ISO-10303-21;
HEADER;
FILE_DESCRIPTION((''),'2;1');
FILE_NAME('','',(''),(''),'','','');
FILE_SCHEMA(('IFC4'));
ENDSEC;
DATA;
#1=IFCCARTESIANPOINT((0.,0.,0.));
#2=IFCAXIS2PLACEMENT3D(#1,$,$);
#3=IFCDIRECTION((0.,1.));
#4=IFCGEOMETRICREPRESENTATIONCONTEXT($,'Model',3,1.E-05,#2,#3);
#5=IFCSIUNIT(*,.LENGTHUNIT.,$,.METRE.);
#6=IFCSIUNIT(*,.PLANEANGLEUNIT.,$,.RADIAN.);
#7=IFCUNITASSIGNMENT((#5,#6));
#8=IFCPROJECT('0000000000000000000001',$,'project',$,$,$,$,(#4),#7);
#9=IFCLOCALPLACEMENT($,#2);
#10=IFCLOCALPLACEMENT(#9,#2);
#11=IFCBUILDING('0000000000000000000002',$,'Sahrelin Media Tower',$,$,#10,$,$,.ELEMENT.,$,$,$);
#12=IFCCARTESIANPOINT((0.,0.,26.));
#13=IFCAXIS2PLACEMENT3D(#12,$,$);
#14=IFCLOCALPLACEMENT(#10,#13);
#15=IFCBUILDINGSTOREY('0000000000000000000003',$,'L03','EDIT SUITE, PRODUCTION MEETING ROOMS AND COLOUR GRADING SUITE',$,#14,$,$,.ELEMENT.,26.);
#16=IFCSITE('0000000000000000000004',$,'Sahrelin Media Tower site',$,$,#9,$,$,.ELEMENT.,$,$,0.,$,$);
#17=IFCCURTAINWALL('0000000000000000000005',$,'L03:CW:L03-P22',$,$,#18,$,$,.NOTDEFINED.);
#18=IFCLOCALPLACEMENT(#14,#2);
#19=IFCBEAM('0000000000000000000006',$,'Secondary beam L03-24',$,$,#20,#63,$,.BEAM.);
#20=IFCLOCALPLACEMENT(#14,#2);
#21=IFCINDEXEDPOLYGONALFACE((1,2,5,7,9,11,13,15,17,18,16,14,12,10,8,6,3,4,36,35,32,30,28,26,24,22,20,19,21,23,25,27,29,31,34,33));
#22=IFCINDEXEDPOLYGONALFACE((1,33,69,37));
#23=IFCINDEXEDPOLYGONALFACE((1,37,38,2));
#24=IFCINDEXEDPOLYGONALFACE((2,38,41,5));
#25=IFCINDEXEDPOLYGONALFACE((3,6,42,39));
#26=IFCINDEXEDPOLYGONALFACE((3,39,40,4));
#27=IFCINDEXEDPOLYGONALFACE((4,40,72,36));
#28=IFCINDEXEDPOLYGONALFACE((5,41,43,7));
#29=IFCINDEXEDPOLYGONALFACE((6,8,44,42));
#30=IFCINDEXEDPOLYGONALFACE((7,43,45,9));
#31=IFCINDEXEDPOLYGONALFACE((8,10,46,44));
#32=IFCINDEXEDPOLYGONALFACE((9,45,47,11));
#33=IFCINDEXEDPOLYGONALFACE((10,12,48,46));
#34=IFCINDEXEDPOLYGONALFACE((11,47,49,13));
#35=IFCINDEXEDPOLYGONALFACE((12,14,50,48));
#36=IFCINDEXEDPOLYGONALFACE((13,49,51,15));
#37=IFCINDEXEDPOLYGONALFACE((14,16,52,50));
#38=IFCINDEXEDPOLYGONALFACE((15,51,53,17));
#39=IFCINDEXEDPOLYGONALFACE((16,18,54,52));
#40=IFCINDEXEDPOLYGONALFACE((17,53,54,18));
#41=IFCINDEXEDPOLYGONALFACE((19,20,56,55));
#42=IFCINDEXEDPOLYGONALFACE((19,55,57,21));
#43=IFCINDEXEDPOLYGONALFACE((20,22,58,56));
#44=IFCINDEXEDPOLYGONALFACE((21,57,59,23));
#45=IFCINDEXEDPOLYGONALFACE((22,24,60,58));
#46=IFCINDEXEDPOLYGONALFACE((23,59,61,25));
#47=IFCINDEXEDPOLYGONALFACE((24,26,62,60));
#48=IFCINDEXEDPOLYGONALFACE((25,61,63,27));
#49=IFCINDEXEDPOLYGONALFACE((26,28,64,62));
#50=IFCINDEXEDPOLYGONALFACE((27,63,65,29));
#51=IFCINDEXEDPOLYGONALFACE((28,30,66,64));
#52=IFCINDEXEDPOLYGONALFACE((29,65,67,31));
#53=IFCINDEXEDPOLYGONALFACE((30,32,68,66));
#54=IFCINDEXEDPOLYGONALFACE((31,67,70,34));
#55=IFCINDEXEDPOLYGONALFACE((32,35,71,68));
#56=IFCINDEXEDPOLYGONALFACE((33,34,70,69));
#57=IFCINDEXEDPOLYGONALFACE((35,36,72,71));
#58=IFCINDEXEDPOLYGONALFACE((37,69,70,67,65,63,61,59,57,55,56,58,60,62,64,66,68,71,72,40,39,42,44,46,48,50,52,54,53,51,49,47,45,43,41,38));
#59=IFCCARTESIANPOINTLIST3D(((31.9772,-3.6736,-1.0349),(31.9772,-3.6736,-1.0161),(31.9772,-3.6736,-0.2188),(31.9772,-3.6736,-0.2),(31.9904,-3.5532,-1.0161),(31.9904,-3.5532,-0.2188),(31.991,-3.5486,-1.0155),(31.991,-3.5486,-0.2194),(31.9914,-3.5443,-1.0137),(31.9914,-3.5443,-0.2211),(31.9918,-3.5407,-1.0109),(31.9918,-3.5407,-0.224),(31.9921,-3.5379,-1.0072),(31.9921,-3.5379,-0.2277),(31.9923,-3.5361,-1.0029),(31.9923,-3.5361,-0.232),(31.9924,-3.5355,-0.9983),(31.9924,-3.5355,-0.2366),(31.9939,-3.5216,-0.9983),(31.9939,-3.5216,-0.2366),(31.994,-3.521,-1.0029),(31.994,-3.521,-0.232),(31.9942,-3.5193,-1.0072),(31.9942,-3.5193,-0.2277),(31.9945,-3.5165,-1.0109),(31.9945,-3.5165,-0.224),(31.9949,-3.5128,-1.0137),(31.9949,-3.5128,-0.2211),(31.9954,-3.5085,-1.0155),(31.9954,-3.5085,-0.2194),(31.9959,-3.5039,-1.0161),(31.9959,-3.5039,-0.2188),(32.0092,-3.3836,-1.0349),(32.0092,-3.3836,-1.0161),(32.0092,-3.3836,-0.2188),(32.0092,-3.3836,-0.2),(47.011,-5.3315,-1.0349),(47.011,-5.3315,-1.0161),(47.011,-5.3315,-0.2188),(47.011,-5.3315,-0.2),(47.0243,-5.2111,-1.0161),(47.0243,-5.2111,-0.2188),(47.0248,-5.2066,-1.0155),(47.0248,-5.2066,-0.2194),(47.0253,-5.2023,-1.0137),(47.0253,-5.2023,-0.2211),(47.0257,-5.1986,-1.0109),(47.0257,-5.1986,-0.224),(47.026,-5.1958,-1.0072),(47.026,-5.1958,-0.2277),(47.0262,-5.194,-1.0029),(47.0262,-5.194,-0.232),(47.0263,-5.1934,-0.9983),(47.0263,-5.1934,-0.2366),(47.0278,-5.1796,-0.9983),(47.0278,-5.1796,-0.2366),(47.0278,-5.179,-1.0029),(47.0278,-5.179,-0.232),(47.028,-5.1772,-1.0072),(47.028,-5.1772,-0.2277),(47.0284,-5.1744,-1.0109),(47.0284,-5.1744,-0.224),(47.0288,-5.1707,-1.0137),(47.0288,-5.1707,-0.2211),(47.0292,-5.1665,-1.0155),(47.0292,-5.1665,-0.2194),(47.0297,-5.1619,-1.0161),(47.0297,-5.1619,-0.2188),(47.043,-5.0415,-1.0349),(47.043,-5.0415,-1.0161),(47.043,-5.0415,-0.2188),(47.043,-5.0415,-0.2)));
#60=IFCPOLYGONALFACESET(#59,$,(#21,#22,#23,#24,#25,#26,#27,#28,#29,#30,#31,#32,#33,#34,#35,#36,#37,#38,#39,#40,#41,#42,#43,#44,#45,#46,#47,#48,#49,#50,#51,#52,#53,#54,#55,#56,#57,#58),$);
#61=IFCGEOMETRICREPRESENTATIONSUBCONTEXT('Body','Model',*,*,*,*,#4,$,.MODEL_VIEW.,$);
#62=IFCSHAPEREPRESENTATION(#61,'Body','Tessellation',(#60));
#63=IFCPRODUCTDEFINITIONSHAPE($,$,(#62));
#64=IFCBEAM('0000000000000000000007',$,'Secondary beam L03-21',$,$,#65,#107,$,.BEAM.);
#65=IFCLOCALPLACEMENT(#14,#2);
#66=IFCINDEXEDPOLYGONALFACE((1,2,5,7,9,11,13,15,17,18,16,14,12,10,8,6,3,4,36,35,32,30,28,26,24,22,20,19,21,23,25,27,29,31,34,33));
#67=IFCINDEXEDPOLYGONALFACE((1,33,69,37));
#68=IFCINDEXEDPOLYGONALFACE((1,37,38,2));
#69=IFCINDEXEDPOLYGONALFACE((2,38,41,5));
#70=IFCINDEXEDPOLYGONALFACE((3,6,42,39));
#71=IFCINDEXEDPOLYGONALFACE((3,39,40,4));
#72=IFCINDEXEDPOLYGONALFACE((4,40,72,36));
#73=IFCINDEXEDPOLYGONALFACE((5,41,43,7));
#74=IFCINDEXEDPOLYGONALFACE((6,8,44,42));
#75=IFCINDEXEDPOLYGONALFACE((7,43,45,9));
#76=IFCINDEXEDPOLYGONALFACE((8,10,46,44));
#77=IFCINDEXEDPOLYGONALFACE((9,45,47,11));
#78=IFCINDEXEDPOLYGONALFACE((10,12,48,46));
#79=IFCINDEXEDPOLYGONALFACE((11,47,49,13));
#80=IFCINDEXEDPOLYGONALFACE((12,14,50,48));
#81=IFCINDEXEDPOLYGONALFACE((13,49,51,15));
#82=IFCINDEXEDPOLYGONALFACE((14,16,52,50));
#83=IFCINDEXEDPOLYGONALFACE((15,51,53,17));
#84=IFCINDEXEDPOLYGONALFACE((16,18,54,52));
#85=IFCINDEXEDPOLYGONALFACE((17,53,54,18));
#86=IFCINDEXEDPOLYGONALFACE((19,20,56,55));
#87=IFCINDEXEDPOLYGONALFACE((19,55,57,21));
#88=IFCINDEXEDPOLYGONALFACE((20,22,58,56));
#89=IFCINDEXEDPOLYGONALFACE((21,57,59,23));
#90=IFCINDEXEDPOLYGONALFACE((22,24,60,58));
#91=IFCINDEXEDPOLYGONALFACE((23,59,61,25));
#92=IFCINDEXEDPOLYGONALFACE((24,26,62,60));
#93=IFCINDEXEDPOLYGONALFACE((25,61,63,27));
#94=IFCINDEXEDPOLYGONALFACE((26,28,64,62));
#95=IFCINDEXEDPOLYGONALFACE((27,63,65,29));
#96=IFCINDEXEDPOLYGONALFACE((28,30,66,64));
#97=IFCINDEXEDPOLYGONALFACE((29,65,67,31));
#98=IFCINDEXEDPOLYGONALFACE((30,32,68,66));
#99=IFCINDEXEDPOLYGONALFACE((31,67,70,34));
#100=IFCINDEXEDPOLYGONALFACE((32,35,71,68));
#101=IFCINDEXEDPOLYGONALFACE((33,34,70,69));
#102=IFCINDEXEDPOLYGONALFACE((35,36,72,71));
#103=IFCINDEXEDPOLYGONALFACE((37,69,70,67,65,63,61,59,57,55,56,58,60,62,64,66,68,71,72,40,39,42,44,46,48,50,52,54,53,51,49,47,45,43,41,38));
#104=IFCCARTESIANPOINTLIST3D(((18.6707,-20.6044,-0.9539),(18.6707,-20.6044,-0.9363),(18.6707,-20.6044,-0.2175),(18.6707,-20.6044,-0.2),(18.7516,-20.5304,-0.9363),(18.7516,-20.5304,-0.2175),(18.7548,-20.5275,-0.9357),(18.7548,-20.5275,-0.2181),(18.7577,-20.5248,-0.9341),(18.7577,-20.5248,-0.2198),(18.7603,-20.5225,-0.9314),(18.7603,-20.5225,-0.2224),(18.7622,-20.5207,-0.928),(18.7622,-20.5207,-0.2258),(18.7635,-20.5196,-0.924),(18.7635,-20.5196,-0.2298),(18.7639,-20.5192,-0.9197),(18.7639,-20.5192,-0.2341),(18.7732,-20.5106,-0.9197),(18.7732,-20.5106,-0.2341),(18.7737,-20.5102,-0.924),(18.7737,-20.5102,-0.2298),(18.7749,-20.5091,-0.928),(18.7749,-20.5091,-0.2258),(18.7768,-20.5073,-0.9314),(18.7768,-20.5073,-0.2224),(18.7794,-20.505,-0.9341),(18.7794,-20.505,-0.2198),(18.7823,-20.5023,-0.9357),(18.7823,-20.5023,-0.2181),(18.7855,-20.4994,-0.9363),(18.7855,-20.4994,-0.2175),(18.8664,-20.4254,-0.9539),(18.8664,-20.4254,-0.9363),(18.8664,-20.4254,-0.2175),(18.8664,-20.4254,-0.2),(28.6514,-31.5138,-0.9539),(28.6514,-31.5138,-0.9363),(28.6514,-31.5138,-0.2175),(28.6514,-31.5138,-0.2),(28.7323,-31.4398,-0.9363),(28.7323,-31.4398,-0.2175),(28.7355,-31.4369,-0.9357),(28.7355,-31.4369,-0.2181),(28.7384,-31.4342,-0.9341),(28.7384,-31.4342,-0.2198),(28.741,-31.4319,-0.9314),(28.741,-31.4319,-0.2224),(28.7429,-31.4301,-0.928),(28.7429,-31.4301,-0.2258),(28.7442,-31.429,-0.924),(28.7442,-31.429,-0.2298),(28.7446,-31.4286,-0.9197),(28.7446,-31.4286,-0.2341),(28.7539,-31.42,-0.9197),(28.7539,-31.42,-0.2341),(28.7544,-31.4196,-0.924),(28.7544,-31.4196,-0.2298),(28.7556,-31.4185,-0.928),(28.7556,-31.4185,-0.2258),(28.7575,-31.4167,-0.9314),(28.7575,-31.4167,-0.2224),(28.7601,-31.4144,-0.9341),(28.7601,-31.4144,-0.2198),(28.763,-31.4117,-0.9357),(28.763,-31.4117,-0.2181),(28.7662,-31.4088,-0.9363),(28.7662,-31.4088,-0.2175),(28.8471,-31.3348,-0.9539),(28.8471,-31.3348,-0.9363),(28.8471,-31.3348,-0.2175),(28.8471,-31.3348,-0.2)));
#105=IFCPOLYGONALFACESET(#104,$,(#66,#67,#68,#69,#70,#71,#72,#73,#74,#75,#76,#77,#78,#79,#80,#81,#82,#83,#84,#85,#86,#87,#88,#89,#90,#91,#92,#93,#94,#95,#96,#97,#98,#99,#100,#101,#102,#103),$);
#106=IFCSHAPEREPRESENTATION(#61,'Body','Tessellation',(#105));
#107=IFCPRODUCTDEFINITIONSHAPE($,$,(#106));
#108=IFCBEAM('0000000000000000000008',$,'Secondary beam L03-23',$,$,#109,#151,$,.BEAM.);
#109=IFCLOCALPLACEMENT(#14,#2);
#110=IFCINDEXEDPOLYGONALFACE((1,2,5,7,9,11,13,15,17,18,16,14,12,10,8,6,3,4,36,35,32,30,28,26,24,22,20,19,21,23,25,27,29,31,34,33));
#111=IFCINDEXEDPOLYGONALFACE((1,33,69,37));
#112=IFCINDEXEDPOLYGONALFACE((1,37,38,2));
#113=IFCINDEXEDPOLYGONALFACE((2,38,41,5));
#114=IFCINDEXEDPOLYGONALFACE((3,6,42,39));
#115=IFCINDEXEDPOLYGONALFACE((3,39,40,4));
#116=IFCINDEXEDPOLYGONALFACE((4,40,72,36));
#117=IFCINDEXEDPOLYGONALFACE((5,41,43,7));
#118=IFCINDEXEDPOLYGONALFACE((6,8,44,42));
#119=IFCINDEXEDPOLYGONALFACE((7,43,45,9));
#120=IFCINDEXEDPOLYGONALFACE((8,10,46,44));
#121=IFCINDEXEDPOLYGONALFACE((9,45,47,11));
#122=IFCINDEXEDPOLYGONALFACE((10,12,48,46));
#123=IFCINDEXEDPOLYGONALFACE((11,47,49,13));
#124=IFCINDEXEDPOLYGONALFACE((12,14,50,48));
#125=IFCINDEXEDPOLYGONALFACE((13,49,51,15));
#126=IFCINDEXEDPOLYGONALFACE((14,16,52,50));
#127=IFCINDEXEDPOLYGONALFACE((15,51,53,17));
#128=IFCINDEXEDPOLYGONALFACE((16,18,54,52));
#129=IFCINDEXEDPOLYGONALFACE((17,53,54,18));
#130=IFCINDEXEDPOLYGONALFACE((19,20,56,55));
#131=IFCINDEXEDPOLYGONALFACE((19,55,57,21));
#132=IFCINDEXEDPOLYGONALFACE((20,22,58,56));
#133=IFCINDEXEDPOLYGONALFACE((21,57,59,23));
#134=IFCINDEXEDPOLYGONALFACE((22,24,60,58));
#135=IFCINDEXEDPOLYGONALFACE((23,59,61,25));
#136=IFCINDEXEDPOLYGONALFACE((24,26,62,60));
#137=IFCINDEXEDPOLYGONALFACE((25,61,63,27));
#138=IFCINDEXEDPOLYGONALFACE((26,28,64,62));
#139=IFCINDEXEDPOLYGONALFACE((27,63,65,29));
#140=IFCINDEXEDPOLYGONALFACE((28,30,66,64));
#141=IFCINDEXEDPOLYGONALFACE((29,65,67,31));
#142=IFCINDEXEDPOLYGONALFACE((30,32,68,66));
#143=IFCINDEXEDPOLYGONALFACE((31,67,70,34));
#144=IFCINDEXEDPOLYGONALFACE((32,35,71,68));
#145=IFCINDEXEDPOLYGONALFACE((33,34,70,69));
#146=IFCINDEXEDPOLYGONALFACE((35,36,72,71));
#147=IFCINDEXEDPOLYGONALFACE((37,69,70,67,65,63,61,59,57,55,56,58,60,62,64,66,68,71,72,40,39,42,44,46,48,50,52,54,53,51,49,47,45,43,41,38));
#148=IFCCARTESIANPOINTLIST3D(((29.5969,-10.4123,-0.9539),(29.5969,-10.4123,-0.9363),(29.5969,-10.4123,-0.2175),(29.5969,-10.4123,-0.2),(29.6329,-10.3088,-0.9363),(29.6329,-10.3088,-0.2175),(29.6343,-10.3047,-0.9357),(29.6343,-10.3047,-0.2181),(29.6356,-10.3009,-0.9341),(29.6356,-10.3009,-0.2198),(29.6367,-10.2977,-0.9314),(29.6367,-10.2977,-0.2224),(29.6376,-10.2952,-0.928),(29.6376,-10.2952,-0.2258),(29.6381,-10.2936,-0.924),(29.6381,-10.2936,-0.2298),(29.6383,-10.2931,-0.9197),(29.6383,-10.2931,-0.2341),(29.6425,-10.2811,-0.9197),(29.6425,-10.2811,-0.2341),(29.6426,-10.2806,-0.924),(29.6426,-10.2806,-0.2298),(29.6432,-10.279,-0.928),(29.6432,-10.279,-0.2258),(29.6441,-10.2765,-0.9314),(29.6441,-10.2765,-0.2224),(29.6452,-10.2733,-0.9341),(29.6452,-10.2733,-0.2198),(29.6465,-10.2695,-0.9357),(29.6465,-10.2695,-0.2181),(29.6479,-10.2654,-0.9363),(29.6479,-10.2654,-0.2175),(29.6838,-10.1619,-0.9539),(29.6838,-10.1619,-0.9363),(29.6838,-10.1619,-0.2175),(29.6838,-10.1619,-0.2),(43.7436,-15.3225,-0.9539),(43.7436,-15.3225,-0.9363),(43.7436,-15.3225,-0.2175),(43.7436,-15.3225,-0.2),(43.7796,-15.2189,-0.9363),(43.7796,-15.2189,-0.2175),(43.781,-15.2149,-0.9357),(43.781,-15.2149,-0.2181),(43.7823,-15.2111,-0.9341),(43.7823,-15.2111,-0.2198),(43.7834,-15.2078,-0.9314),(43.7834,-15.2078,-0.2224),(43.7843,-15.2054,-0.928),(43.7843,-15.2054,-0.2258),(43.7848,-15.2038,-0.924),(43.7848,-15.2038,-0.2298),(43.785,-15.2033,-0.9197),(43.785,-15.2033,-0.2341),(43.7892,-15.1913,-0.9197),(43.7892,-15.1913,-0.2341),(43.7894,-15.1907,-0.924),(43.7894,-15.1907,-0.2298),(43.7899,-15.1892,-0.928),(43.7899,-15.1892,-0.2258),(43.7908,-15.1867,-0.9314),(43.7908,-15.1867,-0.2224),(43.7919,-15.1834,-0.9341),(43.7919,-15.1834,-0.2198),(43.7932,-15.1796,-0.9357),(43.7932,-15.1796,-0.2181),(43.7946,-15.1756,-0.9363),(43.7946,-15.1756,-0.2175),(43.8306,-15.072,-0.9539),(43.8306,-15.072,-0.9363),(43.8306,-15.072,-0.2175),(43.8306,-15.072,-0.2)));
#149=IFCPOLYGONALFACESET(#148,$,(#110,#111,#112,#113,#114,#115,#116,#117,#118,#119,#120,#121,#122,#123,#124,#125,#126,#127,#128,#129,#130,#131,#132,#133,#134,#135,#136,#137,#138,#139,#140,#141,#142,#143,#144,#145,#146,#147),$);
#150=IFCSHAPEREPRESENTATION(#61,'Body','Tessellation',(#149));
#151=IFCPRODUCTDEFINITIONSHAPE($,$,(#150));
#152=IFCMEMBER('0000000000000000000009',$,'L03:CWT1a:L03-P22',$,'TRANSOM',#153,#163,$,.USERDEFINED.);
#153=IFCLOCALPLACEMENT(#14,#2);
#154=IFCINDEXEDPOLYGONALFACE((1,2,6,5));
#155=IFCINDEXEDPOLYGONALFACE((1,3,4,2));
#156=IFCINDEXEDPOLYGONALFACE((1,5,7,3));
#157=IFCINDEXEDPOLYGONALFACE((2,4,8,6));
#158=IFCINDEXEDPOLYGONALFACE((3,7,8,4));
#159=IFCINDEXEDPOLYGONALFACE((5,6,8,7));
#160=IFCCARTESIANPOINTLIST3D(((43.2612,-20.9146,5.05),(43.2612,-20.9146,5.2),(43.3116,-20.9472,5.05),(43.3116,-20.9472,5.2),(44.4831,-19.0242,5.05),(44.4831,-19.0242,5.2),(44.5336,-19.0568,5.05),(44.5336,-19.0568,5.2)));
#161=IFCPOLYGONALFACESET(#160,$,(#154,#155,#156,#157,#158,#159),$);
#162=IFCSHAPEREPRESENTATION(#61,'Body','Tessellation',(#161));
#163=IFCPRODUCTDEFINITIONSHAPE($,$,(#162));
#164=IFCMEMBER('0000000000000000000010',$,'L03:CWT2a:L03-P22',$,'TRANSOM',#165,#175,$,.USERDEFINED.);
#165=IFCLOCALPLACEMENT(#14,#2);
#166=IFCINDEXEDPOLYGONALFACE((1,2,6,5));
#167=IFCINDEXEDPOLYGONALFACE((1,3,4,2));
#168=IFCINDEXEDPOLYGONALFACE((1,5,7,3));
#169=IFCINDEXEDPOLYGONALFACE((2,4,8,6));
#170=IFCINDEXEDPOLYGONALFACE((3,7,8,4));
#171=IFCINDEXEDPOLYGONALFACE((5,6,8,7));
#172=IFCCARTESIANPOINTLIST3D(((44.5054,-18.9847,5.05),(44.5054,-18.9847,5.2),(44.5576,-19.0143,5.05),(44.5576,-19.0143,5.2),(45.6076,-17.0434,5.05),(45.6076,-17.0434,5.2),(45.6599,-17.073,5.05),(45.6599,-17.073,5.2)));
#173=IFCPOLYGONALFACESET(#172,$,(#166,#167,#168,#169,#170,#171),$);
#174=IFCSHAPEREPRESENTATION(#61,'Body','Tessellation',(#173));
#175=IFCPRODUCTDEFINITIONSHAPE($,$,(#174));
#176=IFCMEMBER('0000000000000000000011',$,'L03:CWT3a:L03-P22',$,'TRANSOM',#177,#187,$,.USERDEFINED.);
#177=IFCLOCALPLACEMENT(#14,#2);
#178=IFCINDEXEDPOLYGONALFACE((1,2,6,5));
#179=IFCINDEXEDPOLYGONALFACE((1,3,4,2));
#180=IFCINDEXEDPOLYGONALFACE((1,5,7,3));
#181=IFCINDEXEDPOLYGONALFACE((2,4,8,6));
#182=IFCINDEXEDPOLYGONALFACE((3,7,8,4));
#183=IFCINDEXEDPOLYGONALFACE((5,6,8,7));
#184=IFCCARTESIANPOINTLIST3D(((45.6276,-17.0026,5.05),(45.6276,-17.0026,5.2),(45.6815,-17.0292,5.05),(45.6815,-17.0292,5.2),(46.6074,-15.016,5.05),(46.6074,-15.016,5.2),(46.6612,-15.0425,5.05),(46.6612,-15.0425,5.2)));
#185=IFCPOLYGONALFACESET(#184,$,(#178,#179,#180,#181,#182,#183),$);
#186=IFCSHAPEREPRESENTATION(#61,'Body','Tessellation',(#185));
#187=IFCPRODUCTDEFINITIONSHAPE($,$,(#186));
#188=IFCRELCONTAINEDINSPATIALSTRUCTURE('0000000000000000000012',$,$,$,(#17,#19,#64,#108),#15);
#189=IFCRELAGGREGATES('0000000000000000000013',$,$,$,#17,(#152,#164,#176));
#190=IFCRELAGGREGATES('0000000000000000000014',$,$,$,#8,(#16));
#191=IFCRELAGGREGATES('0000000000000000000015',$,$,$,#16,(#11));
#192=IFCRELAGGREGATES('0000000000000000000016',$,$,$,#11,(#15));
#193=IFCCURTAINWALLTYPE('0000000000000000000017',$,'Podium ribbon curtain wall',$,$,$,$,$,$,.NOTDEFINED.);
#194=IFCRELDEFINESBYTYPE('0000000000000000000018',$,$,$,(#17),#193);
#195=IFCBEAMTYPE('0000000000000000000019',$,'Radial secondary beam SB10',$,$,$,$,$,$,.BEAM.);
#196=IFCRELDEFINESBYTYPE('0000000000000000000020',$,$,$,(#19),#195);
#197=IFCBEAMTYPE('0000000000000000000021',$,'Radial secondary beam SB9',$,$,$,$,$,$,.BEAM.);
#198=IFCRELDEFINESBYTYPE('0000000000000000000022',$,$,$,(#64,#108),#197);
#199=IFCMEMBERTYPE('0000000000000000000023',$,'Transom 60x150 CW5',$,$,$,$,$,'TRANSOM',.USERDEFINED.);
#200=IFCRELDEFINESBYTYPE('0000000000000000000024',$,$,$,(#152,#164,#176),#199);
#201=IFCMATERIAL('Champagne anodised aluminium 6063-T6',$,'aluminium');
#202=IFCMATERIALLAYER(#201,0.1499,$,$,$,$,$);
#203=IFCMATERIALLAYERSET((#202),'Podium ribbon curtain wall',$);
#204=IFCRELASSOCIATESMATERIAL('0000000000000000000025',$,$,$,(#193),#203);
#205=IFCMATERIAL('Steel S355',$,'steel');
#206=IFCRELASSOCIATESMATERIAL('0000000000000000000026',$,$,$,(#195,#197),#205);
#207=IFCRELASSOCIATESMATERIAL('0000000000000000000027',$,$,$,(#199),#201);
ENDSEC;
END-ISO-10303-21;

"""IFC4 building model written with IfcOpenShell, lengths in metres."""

from ifc_helpers import new_model, si_unit, direction, frame, origin, origin_2d, place, context, subcontext, project, spatial, rectangle, i_section, extrude, material, layer, layer_set, material_profile, profile_set, type_object, element, aggregate, save


model = new_model("IFC4")

# Units and contexts
model_context = context("Model", 3, precision=1e-05, world=origin(), true_north=direction((0.0, 1.0)))
body_context = subcontext(model_context, "Body", "Model", "MODEL_VIEW")
ifc_project = project(units=[si_unit("LENGTHUNIT", "METRE"), si_unit("PLANEANGLEUNIT", "RADIAN")], contexts=[model_context])

# Site, building, storey
site_placement = place(None, origin())
site = spatial("IfcSite", under=ifc_project, at=site_placement, Name="Sahrelin Media Tower site", CompositionType="ELEMENT", RefElevation=0.0)
building_placement = place(site_placement, origin())
building = spatial("IfcBuilding", under=site, at=building_placement, Name="Sahrelin Media Tower", CompositionType="ELEMENT")
storey_placement = place(building_placement, frame((0.0, 0.0, 26.0)))
storey = spatial("IfcBuildingStorey", under=building, at=storey_placement, Name="L03", Description="EDIT SUITE, PRODUCTION MEETING ROOMS AND COLOUR GRADING SUITE", CompositionType="ELEMENT", Elevation=26.0)

# Curtain wall
ifc_material_1 = material(Name="Champagne anodised aluminium 6063-T6", Category="aluminium")
ifc_layer_1 = layer(ifc_material_1, 0.1499)
ifc_layer_set_1 = layer_set([ifc_layer_1], Name="Podium ribbon curtain wall")
curtain_wall_type = type_object("IfcCurtainWallType", Name="Podium ribbon curtain wall", PredefinedType="NOTDEFINED", material=ifc_layer_set_1)
curtain_wall_placement = place(storey_placement, frame((43.3013, -21.0, 0.0), z_axis=(0.0, 0.0, 1.0), x_axis=(1.0, 0.0, 0.0)))
curtain_wall = element("IfcCurtainWall", 1, at=curtain_wall_placement, inside=storey, type_object=curtain_wall_type, Name="L03:CW:L03-P22", PredefinedType="NOTDEFINED")

# Beams
ifc_material_2 = material(Name="Steel S355", Category="steel")
ifc_material_profile_1 = material_profile(ifc_material_2, i_section(OverallWidth=0.2917, OverallDepth=0.835, WebThickness=0.0139, FlangeThickness=0.0188, FilletRadius=0.0178, at=origin_2d()), Name="UB 838x292x176")
ifc_profile_set_1 = profile_set([ifc_material_profile_1], Name="Steel S355")
beam_type_1 = type_object("IfcBeamType", Name="Radial secondary beam SB10", PredefinedType="BEAM", material=ifc_profile_set_1)
beam_1_placement = place(storey_placement, frame((31.9932, -3.5286, -0.6174), z_axis=(0.993974, -0.109617, 0.0), x_axis=(0.109617, 0.993974, 0.0)))
element("IfcBeam", 2, at=beam_1_placement, inside=storey, type_object=beam_type_1, Name="Secondary beam L03-24", PredefinedType="BEAM", context=body_context, shape_type="SweptSolid", body=[
    extrude(i_section(OverallWidth=0.2917, OverallDepth=0.835, WebThickness=0.0139, FlangeThickness=0.0188, FilletRadius=0.0178, at=origin_2d()), origin(), (0.0, 0.0, 1.0), 15.125),
])
ifc_material_profile_2 = material_profile(ifc_material_2, i_section(OverallWidth=0.2651, OverallDepth=0.7539, WebThickness=0.0127, FlangeThickness=0.0176, FilletRadius=0.0166, at=origin_2d()), Name="UB 762x267x147")
ifc_profile_set_2 = profile_set([ifc_material_profile_2], Name="Steel S355")
beam_type_2 = type_object("IfcBeamType", Name="Radial secondary beam SB9", PredefinedType="BEAM", material=ifc_profile_set_2)
beam_2_placement = place(storey_placement, frame((18.7686, -20.5149, -0.5769), z_axis=(0.675004, -0.737814, 0.0), x_axis=(0.737814, 0.675004, 0.0)))
element("IfcBeam", 3, at=beam_2_placement, inside=storey, type_object=beam_type_2, Name="Secondary beam L03-21", PredefinedType="BEAM", context=body_context, shape_type="SweptSolid", body=[
    extrude(i_section(OverallWidth=0.2651, OverallDepth=0.7539, WebThickness=0.0127, FlangeThickness=0.0176, FilletRadius=0.0166, at=origin_2d()), origin(), (0.0, 0.0, 1.0), 14.7861),
])
beam_3_placement = place(storey_placement, frame((29.6404, -10.2871, -0.5769), z_axis=(0.944713, -0.327898, 0.0), x_axis=(0.327898, 0.944713, 0.0)))
element("IfcBeam", 4, at=beam_3_placement, inside=storey, type_object=beam_type_2, Name="Secondary beam L03-23", PredefinedType="BEAM", context=body_context, shape_type="SweptSolid", body=[
    extrude(i_section(OverallWidth=0.2651, OverallDepth=0.7539, WebThickness=0.0127, FlangeThickness=0.0176, FilletRadius=0.0166, at=origin_2d()), origin(), (0.0, 0.0, 1.0), 14.9746),
])

# Members
ifc_material_profile_3 = material_profile(ifc_material_1, rectangle(XDim=0.0601, YDim=0.1499, at=origin_2d()), Name="Transom 60x150")
ifc_profile_set_3 = profile_set([ifc_material_profile_3], Name="Champagne anodised aluminium 6063-T6")
member_type_1 = type_object("IfcMemberType", Name="Transom 60x150 CW5", ElementType="TRANSOM", PredefinedType="USERDEFINED", material=ifc_profile_set_3)
member_1_placement = place(storey_placement, frame((43.2864, -20.9309, 5.125), z_axis=(0.542855, 0.839826, 0.0), x_axis=(-0.839826, 0.542855, 0.0)))
member_1 = element("IfcMember", 5, at=member_1_placement, type_object=member_type_1, Name="L03:CWT1a:L03-P22", ObjectType="TRANSOM", PredefinedType="USERDEFINED", context=body_context, shape_type="SweptSolid", body=[
    extrude(rectangle(XDim=0.0601, YDim=0.1499, at=origin_2d()), origin(), (0.0, 0.0, 1.0), 2.251),
])
member_2_placement = place(storey_placement, frame((44.5315, -18.9995, 5.125), z_axis=(0.493746, 0.869606, 0.0), x_axis=(-0.869606, 0.493746, 0.0)))
member_2 = element("IfcMember", 6, at=member_2_placement, type_object=member_type_1, Name="L03:CWT2a:L03-P22", ObjectType="TRANSOM", PredefinedType="USERDEFINED", context=body_context, shape_type="SweptSolid", body=[
    extrude(rectangle(XDim=0.0601, YDim=0.1499, at=origin_2d()), origin(), (0.0, 0.0, 1.0), 2.2324),
])
member_3_placement = place(storey_placement, frame((45.6545, -17.0159, 5.125), z_axis=(0.442313, 0.896861, 0.0), x_axis=(-0.896861, 0.442313, 0.0)))
member_3 = element("IfcMember", 7, at=member_3_placement, type_object=member_type_1, Name="L03:CWT3a:L03-P22", ObjectType="TRANSOM", PredefinedType="USERDEFINED", context=body_context, shape_type="SweptSolid", body=[
    extrude(rectangle(XDim=0.0601, YDim=0.1499, at=origin_2d()), origin(), (0.0, 0.0, 1.0), 2.2151),
])

aggregate(curtain_wall, [member_1, member_2, member_3])

save(model, "model.ifc")
